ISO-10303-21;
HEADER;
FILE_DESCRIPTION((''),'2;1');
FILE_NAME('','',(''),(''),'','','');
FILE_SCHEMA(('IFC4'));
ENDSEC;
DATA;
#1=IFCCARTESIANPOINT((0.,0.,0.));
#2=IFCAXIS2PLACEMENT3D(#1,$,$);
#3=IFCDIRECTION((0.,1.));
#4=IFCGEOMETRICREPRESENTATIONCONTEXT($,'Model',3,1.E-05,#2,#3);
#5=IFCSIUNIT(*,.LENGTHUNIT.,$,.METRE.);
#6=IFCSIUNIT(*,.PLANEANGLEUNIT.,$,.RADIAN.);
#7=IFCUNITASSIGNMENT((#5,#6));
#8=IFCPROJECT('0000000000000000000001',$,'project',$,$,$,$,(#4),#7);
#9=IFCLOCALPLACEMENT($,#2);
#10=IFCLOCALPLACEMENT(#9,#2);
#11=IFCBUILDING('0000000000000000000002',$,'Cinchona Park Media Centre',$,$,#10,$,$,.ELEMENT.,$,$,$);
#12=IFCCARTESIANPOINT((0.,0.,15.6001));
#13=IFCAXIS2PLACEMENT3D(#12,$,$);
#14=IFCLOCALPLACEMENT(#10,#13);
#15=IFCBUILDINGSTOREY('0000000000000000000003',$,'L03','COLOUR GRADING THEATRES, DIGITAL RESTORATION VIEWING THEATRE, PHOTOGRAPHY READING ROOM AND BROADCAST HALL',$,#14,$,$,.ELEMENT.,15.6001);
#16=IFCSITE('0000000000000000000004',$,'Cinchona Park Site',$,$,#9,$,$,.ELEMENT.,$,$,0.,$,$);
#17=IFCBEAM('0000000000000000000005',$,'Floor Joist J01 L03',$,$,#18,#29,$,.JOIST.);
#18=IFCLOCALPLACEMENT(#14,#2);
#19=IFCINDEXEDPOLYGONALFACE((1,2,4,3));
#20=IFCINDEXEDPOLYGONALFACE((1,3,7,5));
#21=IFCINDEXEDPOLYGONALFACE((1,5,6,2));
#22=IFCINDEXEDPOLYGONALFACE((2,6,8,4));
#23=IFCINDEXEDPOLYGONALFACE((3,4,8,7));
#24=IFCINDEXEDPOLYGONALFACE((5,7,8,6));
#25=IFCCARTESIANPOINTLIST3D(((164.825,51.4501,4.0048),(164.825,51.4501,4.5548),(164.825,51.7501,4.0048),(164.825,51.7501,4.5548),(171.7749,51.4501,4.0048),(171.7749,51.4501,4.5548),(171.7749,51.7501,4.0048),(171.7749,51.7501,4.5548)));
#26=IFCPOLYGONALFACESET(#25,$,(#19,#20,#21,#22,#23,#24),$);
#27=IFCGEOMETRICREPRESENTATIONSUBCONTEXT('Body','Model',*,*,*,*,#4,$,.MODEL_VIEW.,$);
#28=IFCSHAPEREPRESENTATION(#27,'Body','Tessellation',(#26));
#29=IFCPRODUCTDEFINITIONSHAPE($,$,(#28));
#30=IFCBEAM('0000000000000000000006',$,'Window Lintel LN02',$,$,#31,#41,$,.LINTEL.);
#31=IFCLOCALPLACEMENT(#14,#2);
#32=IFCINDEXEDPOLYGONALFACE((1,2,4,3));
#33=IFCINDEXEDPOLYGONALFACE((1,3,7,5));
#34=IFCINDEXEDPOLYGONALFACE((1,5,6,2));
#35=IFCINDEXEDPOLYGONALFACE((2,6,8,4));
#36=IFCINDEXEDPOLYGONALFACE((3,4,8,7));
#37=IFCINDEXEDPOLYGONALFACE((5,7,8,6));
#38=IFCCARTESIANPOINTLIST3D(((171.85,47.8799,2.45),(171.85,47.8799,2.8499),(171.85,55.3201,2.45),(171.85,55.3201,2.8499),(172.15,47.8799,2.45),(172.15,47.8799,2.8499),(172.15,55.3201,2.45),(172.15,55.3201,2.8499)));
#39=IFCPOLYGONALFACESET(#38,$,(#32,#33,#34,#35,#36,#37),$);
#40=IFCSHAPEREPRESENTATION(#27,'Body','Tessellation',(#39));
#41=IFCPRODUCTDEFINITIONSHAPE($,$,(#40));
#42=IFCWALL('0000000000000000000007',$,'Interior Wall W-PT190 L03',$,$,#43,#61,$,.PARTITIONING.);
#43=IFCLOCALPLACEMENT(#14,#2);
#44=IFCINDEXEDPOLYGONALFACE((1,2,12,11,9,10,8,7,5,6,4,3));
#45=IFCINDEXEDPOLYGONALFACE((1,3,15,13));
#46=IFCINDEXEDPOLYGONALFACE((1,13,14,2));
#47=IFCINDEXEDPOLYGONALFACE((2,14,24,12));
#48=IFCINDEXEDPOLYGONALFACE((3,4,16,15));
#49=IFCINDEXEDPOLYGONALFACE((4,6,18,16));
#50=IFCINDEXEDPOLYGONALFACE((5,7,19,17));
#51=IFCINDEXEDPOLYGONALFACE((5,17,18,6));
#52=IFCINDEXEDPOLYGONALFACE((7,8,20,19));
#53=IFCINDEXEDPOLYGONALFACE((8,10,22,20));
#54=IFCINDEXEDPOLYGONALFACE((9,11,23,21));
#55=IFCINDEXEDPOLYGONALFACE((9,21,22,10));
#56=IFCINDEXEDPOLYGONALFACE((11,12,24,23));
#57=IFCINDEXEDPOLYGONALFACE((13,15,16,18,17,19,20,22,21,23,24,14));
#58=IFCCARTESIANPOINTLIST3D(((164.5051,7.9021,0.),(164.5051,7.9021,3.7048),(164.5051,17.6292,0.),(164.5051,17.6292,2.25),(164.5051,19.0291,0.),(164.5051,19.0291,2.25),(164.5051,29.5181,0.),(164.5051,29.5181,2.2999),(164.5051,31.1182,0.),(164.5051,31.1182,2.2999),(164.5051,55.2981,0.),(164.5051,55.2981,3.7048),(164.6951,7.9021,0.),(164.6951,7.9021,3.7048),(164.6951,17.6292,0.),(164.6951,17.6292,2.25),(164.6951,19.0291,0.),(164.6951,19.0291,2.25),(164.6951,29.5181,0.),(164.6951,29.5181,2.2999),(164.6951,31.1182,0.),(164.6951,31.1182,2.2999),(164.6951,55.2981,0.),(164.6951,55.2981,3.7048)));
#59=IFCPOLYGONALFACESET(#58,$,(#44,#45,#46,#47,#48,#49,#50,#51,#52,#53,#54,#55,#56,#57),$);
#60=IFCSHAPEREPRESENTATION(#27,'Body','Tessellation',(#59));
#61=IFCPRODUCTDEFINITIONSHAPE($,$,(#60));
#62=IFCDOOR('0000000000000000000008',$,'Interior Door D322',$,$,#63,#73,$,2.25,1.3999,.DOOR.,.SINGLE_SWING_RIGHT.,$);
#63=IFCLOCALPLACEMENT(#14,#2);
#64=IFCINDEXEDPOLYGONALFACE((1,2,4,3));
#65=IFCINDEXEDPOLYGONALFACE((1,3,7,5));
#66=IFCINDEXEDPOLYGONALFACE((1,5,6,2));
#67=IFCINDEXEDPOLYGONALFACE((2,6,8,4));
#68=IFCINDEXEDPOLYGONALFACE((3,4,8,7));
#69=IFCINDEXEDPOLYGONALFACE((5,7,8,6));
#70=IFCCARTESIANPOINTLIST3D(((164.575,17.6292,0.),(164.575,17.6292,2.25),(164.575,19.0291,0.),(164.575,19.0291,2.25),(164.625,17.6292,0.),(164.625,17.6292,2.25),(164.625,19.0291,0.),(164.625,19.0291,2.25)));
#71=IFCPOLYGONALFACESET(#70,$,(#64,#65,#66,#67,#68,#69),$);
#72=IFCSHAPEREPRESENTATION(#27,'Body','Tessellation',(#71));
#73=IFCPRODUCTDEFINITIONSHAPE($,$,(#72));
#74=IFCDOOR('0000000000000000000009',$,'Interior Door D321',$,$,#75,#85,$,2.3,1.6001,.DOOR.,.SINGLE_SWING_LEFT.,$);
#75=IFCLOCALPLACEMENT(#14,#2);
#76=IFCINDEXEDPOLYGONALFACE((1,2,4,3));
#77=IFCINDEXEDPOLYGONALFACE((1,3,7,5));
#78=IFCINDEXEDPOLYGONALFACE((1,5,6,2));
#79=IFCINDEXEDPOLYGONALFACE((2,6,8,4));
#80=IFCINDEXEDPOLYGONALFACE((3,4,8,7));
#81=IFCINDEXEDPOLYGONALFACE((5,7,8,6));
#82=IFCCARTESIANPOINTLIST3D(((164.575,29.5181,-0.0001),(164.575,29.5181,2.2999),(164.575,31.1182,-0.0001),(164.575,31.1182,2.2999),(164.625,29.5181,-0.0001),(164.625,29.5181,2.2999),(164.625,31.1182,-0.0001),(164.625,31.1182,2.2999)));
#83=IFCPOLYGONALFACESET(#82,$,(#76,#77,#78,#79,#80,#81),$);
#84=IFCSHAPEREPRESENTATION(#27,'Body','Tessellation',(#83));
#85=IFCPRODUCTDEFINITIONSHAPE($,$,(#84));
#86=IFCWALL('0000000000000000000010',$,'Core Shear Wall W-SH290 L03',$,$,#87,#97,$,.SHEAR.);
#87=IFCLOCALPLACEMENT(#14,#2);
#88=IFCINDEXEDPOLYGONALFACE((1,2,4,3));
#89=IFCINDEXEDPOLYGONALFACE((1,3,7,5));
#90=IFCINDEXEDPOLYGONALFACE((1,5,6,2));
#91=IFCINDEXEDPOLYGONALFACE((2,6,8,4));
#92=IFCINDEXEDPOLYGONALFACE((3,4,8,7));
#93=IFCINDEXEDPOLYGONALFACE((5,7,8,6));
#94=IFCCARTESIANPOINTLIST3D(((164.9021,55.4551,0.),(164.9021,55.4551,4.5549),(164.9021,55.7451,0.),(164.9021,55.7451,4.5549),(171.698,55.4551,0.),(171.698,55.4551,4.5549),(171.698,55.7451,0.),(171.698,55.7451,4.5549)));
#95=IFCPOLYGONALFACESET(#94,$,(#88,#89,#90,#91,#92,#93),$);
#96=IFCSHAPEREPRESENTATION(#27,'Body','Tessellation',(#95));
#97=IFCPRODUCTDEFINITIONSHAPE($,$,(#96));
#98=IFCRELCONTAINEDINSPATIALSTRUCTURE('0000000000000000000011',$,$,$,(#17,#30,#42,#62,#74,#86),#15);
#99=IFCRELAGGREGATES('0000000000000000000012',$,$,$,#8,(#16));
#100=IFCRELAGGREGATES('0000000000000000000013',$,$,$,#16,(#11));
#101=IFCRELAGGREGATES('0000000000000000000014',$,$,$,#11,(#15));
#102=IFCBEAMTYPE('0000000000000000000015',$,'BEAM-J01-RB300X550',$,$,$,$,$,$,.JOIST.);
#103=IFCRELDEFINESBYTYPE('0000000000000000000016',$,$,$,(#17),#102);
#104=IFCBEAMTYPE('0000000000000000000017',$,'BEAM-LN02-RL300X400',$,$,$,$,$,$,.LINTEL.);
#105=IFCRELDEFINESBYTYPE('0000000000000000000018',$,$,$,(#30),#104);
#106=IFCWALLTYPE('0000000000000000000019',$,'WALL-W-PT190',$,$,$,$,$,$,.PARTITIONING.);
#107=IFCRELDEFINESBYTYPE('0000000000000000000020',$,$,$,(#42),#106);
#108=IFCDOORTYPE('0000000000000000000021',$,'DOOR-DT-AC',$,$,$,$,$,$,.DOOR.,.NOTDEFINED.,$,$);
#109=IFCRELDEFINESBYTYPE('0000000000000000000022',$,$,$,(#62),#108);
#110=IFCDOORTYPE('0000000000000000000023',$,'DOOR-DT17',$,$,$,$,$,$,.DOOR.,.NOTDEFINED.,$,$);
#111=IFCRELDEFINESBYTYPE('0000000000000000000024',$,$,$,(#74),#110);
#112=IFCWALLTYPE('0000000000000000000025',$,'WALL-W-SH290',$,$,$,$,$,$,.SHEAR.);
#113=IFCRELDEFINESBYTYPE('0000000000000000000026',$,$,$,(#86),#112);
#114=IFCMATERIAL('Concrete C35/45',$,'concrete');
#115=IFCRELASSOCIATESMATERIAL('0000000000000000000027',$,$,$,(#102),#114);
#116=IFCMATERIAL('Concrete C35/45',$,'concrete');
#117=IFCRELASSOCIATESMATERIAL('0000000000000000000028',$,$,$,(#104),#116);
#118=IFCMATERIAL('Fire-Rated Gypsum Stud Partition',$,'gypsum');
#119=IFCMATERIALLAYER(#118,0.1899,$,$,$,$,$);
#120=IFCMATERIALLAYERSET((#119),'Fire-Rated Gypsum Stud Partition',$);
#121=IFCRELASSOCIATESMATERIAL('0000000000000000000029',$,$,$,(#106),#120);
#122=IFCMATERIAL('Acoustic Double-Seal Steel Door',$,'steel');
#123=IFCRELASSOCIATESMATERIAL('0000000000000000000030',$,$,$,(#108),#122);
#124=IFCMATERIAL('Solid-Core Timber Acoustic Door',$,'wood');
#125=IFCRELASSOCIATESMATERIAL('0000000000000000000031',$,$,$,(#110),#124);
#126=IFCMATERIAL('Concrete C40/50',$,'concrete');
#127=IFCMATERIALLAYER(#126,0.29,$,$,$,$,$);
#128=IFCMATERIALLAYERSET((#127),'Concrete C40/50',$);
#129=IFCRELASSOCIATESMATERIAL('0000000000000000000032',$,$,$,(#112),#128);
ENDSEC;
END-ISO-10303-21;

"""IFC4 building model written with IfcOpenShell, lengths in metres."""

from ifc_helpers import new_model, si_unit, direction, frame, frame_2d, origin, origin_2d, place, context, subcontext, project, spatial, rectangle, extrude, material, layer, layer_set, material_profile, profile_set, type_object, element, fill, save


model = new_model("IFC4")

# Units and contexts
model_context = context("Model", 3, precision=1e-05, world=origin(), true_north=direction((0.0, 1.0)))
body_context = subcontext(model_context, "Body", "Model", "MODEL_VIEW")
ifc_project = project(units=[si_unit("LENGTHUNIT", "METRE"), si_unit("PLANEANGLEUNIT", "RADIAN")], contexts=[model_context])

# Site, building, storey
site_placement = place(None, origin())
site = spatial("IfcSite", under=ifc_project, at=site_placement, Name="Cinchona Park Site", CompositionType="ELEMENT", RefElevation=0.0)
building_placement = place(site_placement, origin())
building = spatial("IfcBuilding", under=site, at=building_placement, Name="Cinchona Park Media Centre", CompositionType="ELEMENT")
storey_placement = place(building_placement, frame((0.0, 0.0, 15.6001)))
storey = spatial("IfcBuildingStorey", under=building, at=storey_placement, Name="L03", Description="COLOUR GRADING THEATRES, DIGITAL RESTORATION VIEWING THEATRE, PHOTOGRAPHY READING ROOM AND BROADCAST HALL", CompositionType="ELEMENT", Elevation=15.6001)

# Beams
ifc_material_1 = material(Name="Concrete C35/45", Category="concrete")
ifc_material_profile_1 = material_profile(ifc_material_1, rectangle(XDim=0.3, YDim=0.55, at=origin_2d()), Name="RB 300X550")
ifc_profile_set_1 = profile_set([ifc_material_profile_1], Name="Concrete C35/45")
beam_type_1 = type_object("IfcBeamType", Name="BEAM-J01-RB300X550", PredefinedType="JOIST", material=ifc_profile_set_1)
beam_1_placement = place(storey_placement, frame((164.825, 51.6001, 4.2798), z_axis=(1.0, 0.0, 0.0), x_axis=(0.0, 1.0, 0.0)))
element("IfcBeam", 1, at=beam_1_placement, inside=storey, type_object=beam_type_1, Name="Floor Joist J01 L03", PredefinedType="JOIST", context=body_context, shape_type="SweptSolid", body=[
    extrude(rectangle(XDim=0.3, YDim=0.55, at=origin_2d()), origin(), (0.0, 0.0, 1.0), 6.95),
])
ifc_material_2 = material(Name="Concrete C35/45", Category="concrete")
ifc_material_profile_2 = material_profile(ifc_material_2, rectangle(XDim=0.3, YDim=0.3999, at=origin_2d()), Name="RL 300X400")
ifc_profile_set_2 = profile_set([ifc_material_profile_2], Name="Concrete C35/45")
beam_type_2 = type_object("IfcBeamType", Name="BEAM-LN02-RL300X400", PredefinedType="LINTEL", material=ifc_profile_set_2)
beam_2_placement = place(storey_placement, frame((172.0, 55.3201, 2.6499), z_axis=(0.0, -1.0, 0.0), x_axis=(1.0, 0.0, 0.0)))
element("IfcBeam", 2, at=beam_2_placement, inside=storey, type_object=beam_type_2, Name="Window Lintel LN02", PredefinedType="LINTEL", context=body_context, shape_type="SweptSolid", body=[
    extrude(rectangle(XDim=0.3, YDim=0.3999, at=origin_2d()), origin(), (0.0, 0.0, 1.0), 7.4402),
])

# Wall, openings, doors
ifc_material_3 = material(Name="Fire-Rated Gypsum Stud Partition", Category="gypsum")
ifc_layer_1 = layer(ifc_material_3, 0.1899)
ifc_layer_set_1 = layer_set([ifc_layer_1], Name="Fire-Rated Gypsum Stud Partition")
wall_type_1 = type_object("IfcWallType", Name="WALL-W-PT190", PredefinedType="PARTITIONING", material=ifc_layer_set_1)
wall_1_placement = place(storey_placement, frame((164.6001, 55.2981, 0.0), z_axis=(0.0, 0.0, 1.0), x_axis=(0.0, -1.0, 0.0)))
wall_1 = element("IfcWall", 3, at=wall_1_placement, inside=storey, type_object=wall_type_1, Name="Interior Wall W-PT190 L03", PredefinedType="PARTITIONING", context=body_context, shape_type="SweptSolid", body=[
    extrude(rectangle(XDim=47.396, YDim=0.1899, at=frame_2d((23.698, 0.0))), origin(), (0.0, 0.0, 1.0), 3.7048),
])
opening_1_placement = place(wall_1_placement, frame((24.1799, 0.0, 0.0)))
opening_1 = element("IfcOpeningElement", 4, at=opening_1_placement, cuts=wall_1, PredefinedType="OPENING", context=body_context, shape_type="SweptSolid", body=[
    extrude(rectangle(XDim=1.6001, YDim=2.3, at=frame_2d((0.8, 1.1499))), frame((0.0, 0.105, 0.0), z_axis=(0.0, -1.0, 0.0), x_axis=(1.0, 0.0, 0.0)), (0.0, 0.0, 1.0), 0.21),
])
opening_2_placement = place(wall_1_placement, frame((36.269, 0.0, 0.0)))
opening_2 = element("IfcOpeningElement", 5, at=opening_2_placement, cuts=wall_1, PredefinedType="OPENING", context=body_context, shape_type="SweptSolid", body=[
    extrude(rectangle(XDim=1.3999, YDim=2.25, at=frame_2d((0.7, 1.125))), frame((0.0, 0.105, 0.0), z_axis=(0.0, -1.0, 0.0), x_axis=(1.0, 0.0, 0.0)), (0.0, 0.0, 1.0), 0.21),
])
ifc_material_4 = material(Name="Acoustic Double-Seal Steel Door", Category="steel")
door_type_1 = type_object("IfcDoorType", Name="DOOR-DT-AC", OperationType="NOTDEFINED", PredefinedType="DOOR", material=ifc_material_4)
door_1_placement = place(opening_2_placement, origin())
door_1 = element("IfcDoor", 6, at=door_1_placement, inside=storey, type_object=door_type_1, Name="Interior Door D322", OperationType="SINGLE_SWING_RIGHT", OverallHeight=2.25, OverallWidth=1.3999, PredefinedType="DOOR", context=body_context, shape_type="SweptSolid", body=[
    extrude(rectangle(XDim=1.3999, YDim=2.25, at=frame_2d((0.7, 1.125))), frame((0.0, 0.0249, 0.0), z_axis=(0.0, -1.0, 0.0), x_axis=(1.0, 0.0, 0.0)), (0.0, 0.0, 1.0), 0.05),
])
fill(opening_2, door_1)
ifc_material_5 = material(Name="Solid-Core Timber Acoustic Door", Category="wood")
door_type_2 = type_object("IfcDoorType", Name="DOOR-DT17", OperationType="NOTDEFINED", PredefinedType="DOOR", material=ifc_material_5)
door_2_placement = place(opening_1_placement, origin())
door_2 = element("IfcDoor", 7, at=door_2_placement, inside=storey, type_object=door_type_2, Name="Interior Door D321", OperationType="SINGLE_SWING_LEFT", OverallHeight=2.3, OverallWidth=1.6001, PredefinedType="DOOR", context=body_context, shape_type="SweptSolid", body=[
    extrude(rectangle(XDim=1.6001, YDim=2.3, at=frame_2d((0.8, 1.1499))), frame((0.0, 0.0249, 0.0), z_axis=(0.0, -1.0, 0.0), x_axis=(1.0, 0.0, 0.0)), (0.0, 0.0, 1.0), 0.05),
])
fill(opening_1, door_2)

# Wall
ifc_material_6 = material(Name="Concrete C40/50", Category="concrete")
ifc_layer_2 = layer(ifc_material_6, 0.29)
ifc_layer_set_2 = layer_set([ifc_layer_2], Name="Concrete C40/50")
wall_type_2 = type_object("IfcWallType", Name="WALL-W-SH290", PredefinedType="SHEAR", material=ifc_layer_set_2)
wall_2_placement = place(storey_placement, frame((164.9021, 55.6001, 0.0), z_axis=(0.0, 0.0, 1.0), x_axis=(1.0, 0.0, 0.0)))
element("IfcWall", 8, at=wall_2_placement, inside=storey, type_object=wall_type_2, Name="Core Shear Wall W-SH290 L03", PredefinedType="SHEAR", context=body_context, shape_type="SweptSolid", body=[
    extrude(rectangle(XDim=6.7959, YDim=0.29, at=frame_2d((3.3979, 0.0))), origin(), (0.0, 0.0, 1.0), 4.5549),
])

save(model, "model.ifc")
